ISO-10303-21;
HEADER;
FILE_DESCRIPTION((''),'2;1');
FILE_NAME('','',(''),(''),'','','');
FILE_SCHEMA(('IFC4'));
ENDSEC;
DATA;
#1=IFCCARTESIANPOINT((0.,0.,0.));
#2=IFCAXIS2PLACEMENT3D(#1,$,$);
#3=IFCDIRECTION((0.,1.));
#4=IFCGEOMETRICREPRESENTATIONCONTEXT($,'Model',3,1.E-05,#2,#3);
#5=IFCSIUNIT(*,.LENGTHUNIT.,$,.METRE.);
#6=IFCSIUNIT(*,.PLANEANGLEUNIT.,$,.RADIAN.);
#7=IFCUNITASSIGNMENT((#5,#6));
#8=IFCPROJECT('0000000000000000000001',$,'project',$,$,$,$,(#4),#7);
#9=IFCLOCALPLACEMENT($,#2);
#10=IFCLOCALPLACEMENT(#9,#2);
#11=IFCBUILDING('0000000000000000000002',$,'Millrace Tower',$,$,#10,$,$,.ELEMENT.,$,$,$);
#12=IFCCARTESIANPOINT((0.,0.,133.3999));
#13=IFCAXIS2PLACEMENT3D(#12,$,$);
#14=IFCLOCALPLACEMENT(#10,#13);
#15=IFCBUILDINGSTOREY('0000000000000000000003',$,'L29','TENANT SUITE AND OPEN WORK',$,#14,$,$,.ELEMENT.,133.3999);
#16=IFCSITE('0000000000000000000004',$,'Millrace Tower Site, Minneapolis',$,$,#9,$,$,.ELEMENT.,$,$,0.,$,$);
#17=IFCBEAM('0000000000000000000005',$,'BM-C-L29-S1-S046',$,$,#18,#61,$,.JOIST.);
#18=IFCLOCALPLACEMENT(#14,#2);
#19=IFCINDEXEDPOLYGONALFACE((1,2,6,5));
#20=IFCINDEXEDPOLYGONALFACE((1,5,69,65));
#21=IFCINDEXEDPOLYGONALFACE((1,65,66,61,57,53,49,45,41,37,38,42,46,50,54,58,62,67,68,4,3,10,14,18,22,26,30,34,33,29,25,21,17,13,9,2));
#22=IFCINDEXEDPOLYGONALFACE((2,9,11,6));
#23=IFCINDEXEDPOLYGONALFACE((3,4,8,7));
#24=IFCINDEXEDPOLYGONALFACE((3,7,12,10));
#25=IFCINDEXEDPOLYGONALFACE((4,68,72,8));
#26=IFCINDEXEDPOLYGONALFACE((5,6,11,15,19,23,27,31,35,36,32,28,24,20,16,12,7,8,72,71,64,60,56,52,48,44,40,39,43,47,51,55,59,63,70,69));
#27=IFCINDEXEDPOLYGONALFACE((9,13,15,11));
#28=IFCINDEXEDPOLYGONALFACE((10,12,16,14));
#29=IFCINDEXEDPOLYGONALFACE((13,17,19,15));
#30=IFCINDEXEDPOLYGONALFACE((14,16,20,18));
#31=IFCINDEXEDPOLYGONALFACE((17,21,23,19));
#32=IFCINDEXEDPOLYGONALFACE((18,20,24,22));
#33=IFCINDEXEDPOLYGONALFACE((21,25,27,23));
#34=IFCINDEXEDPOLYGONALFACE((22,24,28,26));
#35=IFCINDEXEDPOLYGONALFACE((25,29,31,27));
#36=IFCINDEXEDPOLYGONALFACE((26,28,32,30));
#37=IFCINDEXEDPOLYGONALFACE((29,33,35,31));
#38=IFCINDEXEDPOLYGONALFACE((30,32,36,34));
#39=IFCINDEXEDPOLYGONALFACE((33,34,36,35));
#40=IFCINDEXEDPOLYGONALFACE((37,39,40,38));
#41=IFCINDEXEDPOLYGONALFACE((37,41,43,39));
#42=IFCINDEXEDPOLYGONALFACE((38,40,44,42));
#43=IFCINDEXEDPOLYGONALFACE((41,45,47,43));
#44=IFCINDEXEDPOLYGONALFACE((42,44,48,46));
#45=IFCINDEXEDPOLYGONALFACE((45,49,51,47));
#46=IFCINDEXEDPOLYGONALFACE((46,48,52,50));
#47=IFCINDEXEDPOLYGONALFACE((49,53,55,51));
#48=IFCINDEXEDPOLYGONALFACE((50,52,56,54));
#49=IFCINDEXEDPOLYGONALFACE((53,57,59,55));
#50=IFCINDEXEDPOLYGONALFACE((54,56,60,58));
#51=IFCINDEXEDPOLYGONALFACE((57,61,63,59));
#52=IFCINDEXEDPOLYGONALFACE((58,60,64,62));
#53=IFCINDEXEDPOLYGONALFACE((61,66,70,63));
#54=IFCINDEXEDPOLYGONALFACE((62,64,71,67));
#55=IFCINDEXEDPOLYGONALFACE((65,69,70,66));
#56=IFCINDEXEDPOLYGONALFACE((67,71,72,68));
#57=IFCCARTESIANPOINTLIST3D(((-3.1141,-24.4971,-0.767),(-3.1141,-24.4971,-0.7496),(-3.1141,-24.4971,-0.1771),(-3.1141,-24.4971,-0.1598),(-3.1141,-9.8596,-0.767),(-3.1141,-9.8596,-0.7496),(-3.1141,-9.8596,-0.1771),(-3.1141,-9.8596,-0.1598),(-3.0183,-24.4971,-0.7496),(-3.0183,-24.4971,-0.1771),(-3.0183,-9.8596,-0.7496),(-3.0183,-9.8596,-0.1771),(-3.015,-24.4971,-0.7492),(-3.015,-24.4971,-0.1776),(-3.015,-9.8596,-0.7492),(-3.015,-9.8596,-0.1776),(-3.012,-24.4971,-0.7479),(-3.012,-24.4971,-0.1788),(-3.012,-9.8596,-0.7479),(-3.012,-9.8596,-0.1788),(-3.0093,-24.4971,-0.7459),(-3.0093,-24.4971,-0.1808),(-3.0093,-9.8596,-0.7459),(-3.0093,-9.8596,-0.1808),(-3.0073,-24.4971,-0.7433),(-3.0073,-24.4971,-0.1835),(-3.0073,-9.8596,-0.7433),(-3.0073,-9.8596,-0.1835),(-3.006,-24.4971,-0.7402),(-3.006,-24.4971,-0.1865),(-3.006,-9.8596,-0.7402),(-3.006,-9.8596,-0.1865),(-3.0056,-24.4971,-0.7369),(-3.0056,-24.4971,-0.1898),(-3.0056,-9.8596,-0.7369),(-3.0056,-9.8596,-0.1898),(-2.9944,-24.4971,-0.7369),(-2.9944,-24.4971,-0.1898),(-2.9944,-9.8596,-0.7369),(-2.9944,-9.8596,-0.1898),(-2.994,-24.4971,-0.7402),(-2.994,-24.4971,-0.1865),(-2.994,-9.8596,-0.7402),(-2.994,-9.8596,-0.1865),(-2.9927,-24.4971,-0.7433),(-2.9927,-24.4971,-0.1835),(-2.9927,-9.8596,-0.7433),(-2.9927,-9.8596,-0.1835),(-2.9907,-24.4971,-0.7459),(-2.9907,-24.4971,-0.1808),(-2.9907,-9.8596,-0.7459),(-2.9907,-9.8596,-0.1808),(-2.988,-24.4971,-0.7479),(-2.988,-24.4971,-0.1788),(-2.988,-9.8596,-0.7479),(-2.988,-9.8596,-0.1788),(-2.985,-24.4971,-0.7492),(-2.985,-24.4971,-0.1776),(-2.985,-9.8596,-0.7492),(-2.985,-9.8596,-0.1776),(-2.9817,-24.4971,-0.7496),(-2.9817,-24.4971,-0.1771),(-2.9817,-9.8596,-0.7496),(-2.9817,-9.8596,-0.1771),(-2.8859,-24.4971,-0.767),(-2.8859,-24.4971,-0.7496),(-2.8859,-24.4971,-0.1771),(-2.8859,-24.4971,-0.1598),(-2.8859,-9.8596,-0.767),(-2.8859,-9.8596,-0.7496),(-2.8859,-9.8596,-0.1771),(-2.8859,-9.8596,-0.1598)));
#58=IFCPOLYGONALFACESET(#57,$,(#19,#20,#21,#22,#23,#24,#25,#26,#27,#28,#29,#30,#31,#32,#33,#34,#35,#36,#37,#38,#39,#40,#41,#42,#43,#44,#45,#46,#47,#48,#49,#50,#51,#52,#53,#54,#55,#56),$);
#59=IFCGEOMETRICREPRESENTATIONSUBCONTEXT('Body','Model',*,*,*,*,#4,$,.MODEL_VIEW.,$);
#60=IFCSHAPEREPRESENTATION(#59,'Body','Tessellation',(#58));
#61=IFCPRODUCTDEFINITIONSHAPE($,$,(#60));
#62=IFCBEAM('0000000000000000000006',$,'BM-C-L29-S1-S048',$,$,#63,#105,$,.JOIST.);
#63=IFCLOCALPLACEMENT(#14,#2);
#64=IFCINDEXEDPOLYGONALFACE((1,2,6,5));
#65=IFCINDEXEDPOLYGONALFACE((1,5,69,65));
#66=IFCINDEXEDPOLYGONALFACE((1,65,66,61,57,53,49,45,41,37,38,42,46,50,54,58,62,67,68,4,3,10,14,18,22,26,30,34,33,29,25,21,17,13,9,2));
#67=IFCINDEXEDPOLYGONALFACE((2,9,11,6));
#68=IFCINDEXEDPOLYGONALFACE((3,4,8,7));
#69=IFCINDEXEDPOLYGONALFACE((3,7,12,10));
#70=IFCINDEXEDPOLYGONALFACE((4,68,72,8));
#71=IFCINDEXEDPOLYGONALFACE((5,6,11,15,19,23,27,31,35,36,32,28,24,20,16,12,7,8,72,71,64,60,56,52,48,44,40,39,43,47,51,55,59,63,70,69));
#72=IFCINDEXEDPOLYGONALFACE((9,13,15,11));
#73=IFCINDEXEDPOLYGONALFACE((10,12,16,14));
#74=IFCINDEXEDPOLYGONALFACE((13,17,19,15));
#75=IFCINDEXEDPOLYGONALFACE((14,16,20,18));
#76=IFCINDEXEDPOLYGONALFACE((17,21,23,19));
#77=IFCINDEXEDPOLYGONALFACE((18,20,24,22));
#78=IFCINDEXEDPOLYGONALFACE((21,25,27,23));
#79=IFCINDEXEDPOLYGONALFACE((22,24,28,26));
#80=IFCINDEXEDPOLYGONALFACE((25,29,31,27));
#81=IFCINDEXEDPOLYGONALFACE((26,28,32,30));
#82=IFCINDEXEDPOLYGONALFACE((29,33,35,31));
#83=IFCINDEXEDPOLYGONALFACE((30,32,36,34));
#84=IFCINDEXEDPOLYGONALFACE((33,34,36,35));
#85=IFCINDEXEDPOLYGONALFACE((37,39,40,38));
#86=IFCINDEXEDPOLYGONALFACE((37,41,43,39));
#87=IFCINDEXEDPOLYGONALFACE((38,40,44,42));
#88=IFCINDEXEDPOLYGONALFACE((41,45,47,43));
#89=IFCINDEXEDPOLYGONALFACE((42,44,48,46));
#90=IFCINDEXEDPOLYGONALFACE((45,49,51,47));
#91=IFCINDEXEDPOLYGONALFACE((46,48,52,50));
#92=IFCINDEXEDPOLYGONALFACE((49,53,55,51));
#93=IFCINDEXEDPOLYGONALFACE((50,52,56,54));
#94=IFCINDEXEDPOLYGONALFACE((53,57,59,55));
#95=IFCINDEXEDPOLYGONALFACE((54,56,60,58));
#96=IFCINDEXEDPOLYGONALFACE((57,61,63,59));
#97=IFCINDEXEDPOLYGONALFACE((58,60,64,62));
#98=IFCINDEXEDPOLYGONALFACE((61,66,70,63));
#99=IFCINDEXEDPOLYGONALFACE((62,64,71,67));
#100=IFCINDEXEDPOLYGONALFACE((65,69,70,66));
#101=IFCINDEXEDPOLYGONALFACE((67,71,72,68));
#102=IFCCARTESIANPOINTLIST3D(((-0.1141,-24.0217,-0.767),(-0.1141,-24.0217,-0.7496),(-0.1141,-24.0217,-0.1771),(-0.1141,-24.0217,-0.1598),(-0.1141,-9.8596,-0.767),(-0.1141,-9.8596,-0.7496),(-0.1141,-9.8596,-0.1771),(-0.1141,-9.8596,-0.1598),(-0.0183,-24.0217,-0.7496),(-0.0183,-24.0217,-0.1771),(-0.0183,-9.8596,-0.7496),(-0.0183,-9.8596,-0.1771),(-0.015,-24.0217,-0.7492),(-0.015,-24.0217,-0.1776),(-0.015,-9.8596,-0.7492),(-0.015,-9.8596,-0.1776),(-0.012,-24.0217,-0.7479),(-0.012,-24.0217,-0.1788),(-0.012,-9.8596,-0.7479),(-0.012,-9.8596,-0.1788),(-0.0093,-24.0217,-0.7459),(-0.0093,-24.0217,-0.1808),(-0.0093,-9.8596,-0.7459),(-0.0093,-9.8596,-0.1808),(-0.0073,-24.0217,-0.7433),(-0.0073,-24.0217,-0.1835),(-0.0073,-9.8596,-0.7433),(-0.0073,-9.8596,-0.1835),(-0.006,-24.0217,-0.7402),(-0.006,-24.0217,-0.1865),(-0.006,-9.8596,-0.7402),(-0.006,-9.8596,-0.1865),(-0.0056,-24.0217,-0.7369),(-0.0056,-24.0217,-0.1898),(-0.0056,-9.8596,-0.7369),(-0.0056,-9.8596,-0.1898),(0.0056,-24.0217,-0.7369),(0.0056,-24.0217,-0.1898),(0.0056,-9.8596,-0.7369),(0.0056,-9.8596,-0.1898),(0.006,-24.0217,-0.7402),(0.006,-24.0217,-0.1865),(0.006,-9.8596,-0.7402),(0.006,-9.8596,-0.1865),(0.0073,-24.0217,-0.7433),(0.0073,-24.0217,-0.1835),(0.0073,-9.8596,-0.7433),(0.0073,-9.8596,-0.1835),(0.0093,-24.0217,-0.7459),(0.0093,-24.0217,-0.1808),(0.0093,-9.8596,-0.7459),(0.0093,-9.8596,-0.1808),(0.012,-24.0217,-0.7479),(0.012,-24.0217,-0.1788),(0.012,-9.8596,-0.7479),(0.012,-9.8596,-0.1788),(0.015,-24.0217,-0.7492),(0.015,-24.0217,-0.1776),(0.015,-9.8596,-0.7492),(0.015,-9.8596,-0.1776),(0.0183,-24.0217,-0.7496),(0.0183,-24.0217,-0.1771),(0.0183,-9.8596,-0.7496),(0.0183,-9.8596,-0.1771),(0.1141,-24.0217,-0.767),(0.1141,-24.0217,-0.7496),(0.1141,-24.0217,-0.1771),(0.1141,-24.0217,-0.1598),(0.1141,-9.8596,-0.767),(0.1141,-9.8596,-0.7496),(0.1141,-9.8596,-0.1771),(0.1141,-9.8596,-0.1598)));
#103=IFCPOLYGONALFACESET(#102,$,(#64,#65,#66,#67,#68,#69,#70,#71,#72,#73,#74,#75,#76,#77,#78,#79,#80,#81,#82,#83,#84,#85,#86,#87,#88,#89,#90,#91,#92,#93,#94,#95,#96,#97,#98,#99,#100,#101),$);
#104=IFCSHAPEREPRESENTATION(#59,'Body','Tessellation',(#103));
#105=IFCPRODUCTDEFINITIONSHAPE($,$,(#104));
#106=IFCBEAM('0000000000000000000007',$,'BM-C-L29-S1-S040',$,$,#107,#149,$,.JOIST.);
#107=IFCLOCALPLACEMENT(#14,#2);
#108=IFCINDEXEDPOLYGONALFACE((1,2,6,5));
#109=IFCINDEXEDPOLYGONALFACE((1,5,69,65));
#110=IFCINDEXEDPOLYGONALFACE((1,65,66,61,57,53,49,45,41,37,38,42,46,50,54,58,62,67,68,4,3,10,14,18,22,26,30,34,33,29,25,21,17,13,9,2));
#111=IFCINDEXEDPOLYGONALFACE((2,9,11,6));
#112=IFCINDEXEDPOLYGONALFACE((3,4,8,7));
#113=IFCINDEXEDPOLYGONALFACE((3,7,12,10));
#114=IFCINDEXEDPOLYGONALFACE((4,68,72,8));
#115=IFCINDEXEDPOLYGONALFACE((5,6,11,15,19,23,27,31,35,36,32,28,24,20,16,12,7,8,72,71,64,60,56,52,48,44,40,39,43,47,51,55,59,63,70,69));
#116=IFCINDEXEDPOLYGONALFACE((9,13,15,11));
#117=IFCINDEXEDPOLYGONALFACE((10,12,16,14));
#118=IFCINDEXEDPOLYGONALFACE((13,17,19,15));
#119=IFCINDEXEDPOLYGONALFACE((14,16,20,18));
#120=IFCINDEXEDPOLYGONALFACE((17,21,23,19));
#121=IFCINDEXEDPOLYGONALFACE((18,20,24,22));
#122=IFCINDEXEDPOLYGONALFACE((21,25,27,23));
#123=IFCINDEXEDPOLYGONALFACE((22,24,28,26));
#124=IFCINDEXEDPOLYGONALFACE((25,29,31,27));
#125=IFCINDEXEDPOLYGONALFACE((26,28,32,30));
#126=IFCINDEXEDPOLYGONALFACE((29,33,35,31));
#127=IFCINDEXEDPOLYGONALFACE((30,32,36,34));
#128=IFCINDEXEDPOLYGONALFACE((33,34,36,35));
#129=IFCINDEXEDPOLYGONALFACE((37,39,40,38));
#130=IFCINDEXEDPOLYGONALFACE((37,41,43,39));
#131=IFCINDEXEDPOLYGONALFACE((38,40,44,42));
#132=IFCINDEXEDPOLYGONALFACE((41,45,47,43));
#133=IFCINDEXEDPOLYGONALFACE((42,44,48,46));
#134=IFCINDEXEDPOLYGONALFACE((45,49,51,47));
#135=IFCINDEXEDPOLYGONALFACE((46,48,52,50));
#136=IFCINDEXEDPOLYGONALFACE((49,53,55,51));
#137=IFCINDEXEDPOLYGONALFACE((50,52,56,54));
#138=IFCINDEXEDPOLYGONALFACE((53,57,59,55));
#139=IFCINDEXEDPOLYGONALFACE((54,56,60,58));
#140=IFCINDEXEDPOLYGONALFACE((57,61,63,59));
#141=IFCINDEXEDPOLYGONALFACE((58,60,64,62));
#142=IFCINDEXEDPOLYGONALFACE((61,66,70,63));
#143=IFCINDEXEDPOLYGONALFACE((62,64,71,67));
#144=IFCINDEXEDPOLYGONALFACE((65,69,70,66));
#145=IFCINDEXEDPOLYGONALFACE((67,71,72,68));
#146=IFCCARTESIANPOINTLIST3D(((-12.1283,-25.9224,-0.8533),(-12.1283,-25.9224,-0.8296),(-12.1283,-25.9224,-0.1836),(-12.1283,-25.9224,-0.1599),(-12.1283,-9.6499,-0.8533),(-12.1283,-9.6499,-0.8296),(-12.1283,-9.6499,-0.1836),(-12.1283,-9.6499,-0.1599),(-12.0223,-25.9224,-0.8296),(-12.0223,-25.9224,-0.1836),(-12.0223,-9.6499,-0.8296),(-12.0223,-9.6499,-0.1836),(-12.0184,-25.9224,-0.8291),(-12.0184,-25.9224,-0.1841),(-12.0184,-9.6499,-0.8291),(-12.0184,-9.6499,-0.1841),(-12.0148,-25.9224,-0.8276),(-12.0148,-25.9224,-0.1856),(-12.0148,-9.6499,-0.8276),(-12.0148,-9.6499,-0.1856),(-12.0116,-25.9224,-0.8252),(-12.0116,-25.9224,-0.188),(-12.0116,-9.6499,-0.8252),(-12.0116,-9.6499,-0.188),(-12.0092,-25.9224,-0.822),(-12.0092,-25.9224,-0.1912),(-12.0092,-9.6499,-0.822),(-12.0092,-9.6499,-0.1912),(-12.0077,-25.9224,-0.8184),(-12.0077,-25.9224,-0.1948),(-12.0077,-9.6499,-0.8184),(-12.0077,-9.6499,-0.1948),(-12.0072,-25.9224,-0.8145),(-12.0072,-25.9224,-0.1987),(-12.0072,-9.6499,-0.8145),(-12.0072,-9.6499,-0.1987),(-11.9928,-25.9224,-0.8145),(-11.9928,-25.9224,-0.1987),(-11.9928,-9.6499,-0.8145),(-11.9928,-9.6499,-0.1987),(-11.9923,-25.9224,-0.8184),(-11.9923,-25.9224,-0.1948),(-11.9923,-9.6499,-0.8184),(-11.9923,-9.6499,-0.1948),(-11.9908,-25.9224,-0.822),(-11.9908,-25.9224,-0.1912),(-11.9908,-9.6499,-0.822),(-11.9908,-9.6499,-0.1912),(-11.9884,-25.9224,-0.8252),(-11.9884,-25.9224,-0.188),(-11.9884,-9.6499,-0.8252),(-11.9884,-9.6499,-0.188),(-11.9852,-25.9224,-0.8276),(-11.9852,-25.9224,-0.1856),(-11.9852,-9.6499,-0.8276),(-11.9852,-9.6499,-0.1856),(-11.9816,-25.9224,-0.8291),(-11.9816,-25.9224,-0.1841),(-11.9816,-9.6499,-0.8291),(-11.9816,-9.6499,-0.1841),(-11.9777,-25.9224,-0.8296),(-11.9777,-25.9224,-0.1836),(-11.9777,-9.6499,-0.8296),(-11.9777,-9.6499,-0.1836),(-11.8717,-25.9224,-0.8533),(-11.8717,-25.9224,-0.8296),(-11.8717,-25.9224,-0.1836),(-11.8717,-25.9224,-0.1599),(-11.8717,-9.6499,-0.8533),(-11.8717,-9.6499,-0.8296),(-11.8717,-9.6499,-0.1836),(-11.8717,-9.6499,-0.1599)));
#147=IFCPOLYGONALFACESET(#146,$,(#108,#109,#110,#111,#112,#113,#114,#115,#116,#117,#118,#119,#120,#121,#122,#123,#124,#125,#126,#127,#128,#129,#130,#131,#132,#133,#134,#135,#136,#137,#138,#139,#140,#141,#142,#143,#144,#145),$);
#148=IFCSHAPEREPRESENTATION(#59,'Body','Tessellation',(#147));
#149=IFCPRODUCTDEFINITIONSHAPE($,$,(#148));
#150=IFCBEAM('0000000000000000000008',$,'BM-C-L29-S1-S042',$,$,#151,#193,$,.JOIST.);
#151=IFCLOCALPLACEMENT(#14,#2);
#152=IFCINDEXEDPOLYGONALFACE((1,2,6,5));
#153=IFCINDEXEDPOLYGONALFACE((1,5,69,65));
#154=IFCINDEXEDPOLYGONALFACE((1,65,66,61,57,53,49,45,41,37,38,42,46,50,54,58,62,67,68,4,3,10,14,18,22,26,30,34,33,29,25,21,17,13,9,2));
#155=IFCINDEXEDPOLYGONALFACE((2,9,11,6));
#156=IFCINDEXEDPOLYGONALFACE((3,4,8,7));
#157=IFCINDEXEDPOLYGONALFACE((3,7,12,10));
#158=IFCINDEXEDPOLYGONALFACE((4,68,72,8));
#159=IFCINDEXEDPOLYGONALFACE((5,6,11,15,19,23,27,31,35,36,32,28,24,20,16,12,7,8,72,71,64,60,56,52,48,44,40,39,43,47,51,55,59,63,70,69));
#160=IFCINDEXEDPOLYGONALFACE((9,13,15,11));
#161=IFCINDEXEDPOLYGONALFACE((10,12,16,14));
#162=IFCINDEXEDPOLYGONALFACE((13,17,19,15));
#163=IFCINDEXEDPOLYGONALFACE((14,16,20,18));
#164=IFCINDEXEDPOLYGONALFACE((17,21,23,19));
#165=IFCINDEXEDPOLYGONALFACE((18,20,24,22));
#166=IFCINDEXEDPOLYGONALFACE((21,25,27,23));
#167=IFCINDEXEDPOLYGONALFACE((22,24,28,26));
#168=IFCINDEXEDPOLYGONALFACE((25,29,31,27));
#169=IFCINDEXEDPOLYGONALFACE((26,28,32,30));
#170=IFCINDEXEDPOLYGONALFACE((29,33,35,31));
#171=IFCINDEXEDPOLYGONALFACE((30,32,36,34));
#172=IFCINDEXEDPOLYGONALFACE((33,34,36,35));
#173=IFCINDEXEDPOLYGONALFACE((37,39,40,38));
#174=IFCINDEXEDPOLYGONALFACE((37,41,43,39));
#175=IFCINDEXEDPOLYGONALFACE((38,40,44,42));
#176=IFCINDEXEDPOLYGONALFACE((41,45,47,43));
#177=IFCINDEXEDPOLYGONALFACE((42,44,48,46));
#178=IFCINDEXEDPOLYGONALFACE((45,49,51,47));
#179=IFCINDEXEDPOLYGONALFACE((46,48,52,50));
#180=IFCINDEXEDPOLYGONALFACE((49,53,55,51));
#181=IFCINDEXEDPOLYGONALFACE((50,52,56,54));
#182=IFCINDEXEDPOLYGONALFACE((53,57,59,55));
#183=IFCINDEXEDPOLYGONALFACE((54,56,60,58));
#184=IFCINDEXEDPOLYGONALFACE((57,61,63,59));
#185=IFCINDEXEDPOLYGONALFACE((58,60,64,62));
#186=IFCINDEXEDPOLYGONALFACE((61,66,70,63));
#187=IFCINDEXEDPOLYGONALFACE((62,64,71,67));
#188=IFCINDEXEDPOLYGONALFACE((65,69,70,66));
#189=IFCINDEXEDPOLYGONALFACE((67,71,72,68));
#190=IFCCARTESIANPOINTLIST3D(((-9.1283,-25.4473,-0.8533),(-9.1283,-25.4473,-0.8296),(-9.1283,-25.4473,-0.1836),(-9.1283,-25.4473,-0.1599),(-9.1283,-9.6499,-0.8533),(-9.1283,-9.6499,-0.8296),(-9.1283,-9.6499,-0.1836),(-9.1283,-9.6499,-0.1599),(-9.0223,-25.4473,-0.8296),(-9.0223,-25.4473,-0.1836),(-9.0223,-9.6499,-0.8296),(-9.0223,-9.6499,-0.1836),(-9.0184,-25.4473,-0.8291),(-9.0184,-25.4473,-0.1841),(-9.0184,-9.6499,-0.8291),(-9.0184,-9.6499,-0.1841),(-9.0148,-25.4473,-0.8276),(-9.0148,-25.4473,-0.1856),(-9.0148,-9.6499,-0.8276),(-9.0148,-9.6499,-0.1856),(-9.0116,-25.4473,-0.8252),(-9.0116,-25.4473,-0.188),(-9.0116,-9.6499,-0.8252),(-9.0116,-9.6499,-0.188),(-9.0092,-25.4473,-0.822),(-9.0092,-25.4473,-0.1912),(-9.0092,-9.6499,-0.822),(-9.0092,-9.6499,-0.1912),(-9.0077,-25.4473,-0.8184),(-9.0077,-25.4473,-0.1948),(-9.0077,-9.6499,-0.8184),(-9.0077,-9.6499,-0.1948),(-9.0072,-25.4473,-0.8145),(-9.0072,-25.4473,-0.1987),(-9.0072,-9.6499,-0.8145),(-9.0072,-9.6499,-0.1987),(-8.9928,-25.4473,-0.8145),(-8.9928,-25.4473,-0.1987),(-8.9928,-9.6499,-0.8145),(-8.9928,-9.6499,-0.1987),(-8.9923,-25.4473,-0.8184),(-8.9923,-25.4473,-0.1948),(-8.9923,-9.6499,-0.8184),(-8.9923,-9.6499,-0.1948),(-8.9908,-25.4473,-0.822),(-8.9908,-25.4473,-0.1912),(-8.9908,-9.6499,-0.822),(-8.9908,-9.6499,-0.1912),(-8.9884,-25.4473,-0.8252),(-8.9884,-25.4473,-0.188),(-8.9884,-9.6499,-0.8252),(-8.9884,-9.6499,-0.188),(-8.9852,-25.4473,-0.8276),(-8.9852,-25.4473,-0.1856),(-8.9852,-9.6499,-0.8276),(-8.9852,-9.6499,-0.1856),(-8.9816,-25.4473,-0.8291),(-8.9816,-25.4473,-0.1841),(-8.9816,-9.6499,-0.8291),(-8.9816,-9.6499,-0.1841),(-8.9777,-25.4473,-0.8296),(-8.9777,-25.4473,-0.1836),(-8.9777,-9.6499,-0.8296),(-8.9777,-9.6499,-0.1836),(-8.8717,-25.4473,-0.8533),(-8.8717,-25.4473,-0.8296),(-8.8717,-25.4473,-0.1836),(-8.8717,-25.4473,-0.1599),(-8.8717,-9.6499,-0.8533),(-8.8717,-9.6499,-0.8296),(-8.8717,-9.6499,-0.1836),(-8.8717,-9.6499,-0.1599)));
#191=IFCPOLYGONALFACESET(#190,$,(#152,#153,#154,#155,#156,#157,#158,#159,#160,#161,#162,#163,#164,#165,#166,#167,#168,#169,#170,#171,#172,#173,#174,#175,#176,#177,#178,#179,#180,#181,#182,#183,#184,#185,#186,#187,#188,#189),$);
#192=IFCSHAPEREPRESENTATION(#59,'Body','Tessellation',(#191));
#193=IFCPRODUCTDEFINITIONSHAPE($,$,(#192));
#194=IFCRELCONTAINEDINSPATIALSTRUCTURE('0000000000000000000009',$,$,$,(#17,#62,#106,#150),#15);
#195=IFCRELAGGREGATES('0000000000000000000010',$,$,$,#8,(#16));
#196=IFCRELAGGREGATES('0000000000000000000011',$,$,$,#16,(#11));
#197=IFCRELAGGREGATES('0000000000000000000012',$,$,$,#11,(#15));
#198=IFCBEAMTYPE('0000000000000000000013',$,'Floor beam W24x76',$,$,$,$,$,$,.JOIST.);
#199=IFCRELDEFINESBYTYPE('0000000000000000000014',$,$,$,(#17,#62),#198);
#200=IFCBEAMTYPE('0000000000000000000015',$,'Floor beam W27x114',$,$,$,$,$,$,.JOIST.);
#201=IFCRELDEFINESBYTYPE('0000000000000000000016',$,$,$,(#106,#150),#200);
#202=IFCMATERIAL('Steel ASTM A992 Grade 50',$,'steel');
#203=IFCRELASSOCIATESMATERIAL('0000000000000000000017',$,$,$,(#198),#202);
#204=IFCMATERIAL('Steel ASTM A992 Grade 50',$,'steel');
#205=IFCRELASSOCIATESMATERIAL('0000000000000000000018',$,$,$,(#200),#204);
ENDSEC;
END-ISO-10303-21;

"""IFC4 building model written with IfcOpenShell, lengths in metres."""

from ifc_helpers import new_model, si_unit, direction, frame, origin, origin_2d, place, context, subcontext, project, spatial, i_section, extrude, material, material_profile, profile_set, type_object, element, save


model = new_model("IFC4")

# Units and contexts
model_context = context("Model", 3, precision=1e-05, world=origin(), true_north=direction((0.0, 1.0)))
body_context = subcontext(model_context, "Body", "Model", "MODEL_VIEW")
ifc_project = project(units=[si_unit("LENGTHUNIT", "METRE"), si_unit("PLANEANGLEUNIT", "RADIAN")], contexts=[model_context])

# Site, building, storey
site_placement = place(None, origin())
site = spatial("IfcSite", under=ifc_project, at=site_placement, Name="Millrace Tower Site, Minneapolis", CompositionType="ELEMENT", RefElevation=0.0)
building_placement = place(site_placement, origin())
building = spatial("IfcBuilding", under=site, at=building_placement, Name="Millrace Tower", CompositionType="ELEMENT")
storey_placement = place(building_placement, frame((0.0, 0.0, 133.3999)))
storey = spatial("IfcBuildingStorey", under=building, at=storey_placement, Name="L29", Description="TENANT SUITE AND OPEN WORK", CompositionType="ELEMENT", Elevation=133.3999)

# Beams
ifc_material_1 = material(Name="Steel ASTM A992 Grade 50", Category="steel")
ifc_material_profile_1 = material_profile(ifc_material_1, i_section(OverallWidth=0.2283, OverallDepth=0.6072, WebThickness=0.0112, FlangeThickness=0.0173, FilletRadius=0.0127, at=origin_2d()))
ifc_profile_set_1 = profile_set([ifc_material_profile_1], Name="Steel ASTM A992 Grade 50")
beam_type_1 = type_object("IfcBeamType", Name="Floor beam W24x76", PredefinedType="JOIST", material=ifc_profile_set_1)
beam_1_placement = place(storey_placement, frame((-3.0, -24.4971, -0.4634), z_axis=(0.0, 1.0, 0.0), x_axis=(-1.0, 0.0, 0.0)))
element("IfcBeam", 1, at=beam_1_placement, inside=storey, type_object=beam_type_1, Name="BM-C-L29-S1-S046", PredefinedType="JOIST", context=body_context, shape_type="SweptSolid", body=[
    extrude(i_section(OverallWidth=0.2283, OverallDepth=0.6072, WebThickness=0.0112, FlangeThickness=0.0173, FilletRadius=0.0127, at=origin_2d()), origin(), (0.0, 0.0, 1.0), 14.6375),
])
beam_2_placement = place(storey_placement, frame((0.0, -24.0217, -0.4634), z_axis=(0.0, 1.0, 0.0), x_axis=(-1.0, 0.0, 0.0)))
element("IfcBeam", 2, at=beam_2_placement, inside=storey, type_object=beam_type_1, Name="BM-C-L29-S1-S048", PredefinedType="JOIST", context=body_context, shape_type="SweptSolid", body=[
    extrude(i_section(OverallWidth=0.2283, OverallDepth=0.6072, WebThickness=0.0112, FlangeThickness=0.0173, FilletRadius=0.0127, at=origin_2d()), origin(), (0.0, 0.0, 1.0), 14.1621),
])
ifc_material_2 = material(Name="Steel ASTM A992 Grade 50", Category="steel")
ifc_material_profile_2 = material_profile(ifc_material_2, i_section(OverallWidth=0.2566, OverallDepth=0.6934, WebThickness=0.0144, FlangeThickness=0.0237, FilletRadius=0.0151, at=origin_2d()))
ifc_profile_set_2 = profile_set([ifc_material_profile_2], Name="Steel ASTM A992 Grade 50")
beam_type_2 = type_object("IfcBeamType", Name="Floor beam W27x114", PredefinedType="JOIST", material=ifc_profile_set_2)
beam_3_placement = place(storey_placement, frame((-12.0, -25.9224, -0.5066), z_axis=(0.0, 1.0, 0.0), x_axis=(-1.0, 0.0, 0.0)))
element("IfcBeam", 3, at=beam_3_placement, inside=storey, type_object=beam_type_2, Name="BM-C-L29-S1-S040", PredefinedType="JOIST", context=body_context, shape_type="SweptSolid", body=[
    extrude(i_section(OverallWidth=0.2566, OverallDepth=0.6934, WebThickness=0.0144, FlangeThickness=0.0237, FilletRadius=0.0151, at=origin_2d()), origin(), (0.0, 0.0, 1.0), 16.2725),
])
beam_4_placement = place(storey_placement, frame((-9.0, -25.4473, -0.5066), z_axis=(0.0, 1.0, 0.0), x_axis=(-1.0, 0.0, 0.0)))
element("IfcBeam", 4, at=beam_4_placement, inside=storey, type_object=beam_type_2, Name="BM-C-L29-S1-S042", PredefinedType="JOIST", context=body_context, shape_type="SweptSolid", body=[
    extrude(i_section(OverallWidth=0.2566, OverallDepth=0.6934, WebThickness=0.0144, FlangeThickness=0.0237, FilletRadius=0.0151, at=origin_2d()), origin(), (0.0, 0.0, 1.0), 15.7974),
])

save(model, "model.ifc")
